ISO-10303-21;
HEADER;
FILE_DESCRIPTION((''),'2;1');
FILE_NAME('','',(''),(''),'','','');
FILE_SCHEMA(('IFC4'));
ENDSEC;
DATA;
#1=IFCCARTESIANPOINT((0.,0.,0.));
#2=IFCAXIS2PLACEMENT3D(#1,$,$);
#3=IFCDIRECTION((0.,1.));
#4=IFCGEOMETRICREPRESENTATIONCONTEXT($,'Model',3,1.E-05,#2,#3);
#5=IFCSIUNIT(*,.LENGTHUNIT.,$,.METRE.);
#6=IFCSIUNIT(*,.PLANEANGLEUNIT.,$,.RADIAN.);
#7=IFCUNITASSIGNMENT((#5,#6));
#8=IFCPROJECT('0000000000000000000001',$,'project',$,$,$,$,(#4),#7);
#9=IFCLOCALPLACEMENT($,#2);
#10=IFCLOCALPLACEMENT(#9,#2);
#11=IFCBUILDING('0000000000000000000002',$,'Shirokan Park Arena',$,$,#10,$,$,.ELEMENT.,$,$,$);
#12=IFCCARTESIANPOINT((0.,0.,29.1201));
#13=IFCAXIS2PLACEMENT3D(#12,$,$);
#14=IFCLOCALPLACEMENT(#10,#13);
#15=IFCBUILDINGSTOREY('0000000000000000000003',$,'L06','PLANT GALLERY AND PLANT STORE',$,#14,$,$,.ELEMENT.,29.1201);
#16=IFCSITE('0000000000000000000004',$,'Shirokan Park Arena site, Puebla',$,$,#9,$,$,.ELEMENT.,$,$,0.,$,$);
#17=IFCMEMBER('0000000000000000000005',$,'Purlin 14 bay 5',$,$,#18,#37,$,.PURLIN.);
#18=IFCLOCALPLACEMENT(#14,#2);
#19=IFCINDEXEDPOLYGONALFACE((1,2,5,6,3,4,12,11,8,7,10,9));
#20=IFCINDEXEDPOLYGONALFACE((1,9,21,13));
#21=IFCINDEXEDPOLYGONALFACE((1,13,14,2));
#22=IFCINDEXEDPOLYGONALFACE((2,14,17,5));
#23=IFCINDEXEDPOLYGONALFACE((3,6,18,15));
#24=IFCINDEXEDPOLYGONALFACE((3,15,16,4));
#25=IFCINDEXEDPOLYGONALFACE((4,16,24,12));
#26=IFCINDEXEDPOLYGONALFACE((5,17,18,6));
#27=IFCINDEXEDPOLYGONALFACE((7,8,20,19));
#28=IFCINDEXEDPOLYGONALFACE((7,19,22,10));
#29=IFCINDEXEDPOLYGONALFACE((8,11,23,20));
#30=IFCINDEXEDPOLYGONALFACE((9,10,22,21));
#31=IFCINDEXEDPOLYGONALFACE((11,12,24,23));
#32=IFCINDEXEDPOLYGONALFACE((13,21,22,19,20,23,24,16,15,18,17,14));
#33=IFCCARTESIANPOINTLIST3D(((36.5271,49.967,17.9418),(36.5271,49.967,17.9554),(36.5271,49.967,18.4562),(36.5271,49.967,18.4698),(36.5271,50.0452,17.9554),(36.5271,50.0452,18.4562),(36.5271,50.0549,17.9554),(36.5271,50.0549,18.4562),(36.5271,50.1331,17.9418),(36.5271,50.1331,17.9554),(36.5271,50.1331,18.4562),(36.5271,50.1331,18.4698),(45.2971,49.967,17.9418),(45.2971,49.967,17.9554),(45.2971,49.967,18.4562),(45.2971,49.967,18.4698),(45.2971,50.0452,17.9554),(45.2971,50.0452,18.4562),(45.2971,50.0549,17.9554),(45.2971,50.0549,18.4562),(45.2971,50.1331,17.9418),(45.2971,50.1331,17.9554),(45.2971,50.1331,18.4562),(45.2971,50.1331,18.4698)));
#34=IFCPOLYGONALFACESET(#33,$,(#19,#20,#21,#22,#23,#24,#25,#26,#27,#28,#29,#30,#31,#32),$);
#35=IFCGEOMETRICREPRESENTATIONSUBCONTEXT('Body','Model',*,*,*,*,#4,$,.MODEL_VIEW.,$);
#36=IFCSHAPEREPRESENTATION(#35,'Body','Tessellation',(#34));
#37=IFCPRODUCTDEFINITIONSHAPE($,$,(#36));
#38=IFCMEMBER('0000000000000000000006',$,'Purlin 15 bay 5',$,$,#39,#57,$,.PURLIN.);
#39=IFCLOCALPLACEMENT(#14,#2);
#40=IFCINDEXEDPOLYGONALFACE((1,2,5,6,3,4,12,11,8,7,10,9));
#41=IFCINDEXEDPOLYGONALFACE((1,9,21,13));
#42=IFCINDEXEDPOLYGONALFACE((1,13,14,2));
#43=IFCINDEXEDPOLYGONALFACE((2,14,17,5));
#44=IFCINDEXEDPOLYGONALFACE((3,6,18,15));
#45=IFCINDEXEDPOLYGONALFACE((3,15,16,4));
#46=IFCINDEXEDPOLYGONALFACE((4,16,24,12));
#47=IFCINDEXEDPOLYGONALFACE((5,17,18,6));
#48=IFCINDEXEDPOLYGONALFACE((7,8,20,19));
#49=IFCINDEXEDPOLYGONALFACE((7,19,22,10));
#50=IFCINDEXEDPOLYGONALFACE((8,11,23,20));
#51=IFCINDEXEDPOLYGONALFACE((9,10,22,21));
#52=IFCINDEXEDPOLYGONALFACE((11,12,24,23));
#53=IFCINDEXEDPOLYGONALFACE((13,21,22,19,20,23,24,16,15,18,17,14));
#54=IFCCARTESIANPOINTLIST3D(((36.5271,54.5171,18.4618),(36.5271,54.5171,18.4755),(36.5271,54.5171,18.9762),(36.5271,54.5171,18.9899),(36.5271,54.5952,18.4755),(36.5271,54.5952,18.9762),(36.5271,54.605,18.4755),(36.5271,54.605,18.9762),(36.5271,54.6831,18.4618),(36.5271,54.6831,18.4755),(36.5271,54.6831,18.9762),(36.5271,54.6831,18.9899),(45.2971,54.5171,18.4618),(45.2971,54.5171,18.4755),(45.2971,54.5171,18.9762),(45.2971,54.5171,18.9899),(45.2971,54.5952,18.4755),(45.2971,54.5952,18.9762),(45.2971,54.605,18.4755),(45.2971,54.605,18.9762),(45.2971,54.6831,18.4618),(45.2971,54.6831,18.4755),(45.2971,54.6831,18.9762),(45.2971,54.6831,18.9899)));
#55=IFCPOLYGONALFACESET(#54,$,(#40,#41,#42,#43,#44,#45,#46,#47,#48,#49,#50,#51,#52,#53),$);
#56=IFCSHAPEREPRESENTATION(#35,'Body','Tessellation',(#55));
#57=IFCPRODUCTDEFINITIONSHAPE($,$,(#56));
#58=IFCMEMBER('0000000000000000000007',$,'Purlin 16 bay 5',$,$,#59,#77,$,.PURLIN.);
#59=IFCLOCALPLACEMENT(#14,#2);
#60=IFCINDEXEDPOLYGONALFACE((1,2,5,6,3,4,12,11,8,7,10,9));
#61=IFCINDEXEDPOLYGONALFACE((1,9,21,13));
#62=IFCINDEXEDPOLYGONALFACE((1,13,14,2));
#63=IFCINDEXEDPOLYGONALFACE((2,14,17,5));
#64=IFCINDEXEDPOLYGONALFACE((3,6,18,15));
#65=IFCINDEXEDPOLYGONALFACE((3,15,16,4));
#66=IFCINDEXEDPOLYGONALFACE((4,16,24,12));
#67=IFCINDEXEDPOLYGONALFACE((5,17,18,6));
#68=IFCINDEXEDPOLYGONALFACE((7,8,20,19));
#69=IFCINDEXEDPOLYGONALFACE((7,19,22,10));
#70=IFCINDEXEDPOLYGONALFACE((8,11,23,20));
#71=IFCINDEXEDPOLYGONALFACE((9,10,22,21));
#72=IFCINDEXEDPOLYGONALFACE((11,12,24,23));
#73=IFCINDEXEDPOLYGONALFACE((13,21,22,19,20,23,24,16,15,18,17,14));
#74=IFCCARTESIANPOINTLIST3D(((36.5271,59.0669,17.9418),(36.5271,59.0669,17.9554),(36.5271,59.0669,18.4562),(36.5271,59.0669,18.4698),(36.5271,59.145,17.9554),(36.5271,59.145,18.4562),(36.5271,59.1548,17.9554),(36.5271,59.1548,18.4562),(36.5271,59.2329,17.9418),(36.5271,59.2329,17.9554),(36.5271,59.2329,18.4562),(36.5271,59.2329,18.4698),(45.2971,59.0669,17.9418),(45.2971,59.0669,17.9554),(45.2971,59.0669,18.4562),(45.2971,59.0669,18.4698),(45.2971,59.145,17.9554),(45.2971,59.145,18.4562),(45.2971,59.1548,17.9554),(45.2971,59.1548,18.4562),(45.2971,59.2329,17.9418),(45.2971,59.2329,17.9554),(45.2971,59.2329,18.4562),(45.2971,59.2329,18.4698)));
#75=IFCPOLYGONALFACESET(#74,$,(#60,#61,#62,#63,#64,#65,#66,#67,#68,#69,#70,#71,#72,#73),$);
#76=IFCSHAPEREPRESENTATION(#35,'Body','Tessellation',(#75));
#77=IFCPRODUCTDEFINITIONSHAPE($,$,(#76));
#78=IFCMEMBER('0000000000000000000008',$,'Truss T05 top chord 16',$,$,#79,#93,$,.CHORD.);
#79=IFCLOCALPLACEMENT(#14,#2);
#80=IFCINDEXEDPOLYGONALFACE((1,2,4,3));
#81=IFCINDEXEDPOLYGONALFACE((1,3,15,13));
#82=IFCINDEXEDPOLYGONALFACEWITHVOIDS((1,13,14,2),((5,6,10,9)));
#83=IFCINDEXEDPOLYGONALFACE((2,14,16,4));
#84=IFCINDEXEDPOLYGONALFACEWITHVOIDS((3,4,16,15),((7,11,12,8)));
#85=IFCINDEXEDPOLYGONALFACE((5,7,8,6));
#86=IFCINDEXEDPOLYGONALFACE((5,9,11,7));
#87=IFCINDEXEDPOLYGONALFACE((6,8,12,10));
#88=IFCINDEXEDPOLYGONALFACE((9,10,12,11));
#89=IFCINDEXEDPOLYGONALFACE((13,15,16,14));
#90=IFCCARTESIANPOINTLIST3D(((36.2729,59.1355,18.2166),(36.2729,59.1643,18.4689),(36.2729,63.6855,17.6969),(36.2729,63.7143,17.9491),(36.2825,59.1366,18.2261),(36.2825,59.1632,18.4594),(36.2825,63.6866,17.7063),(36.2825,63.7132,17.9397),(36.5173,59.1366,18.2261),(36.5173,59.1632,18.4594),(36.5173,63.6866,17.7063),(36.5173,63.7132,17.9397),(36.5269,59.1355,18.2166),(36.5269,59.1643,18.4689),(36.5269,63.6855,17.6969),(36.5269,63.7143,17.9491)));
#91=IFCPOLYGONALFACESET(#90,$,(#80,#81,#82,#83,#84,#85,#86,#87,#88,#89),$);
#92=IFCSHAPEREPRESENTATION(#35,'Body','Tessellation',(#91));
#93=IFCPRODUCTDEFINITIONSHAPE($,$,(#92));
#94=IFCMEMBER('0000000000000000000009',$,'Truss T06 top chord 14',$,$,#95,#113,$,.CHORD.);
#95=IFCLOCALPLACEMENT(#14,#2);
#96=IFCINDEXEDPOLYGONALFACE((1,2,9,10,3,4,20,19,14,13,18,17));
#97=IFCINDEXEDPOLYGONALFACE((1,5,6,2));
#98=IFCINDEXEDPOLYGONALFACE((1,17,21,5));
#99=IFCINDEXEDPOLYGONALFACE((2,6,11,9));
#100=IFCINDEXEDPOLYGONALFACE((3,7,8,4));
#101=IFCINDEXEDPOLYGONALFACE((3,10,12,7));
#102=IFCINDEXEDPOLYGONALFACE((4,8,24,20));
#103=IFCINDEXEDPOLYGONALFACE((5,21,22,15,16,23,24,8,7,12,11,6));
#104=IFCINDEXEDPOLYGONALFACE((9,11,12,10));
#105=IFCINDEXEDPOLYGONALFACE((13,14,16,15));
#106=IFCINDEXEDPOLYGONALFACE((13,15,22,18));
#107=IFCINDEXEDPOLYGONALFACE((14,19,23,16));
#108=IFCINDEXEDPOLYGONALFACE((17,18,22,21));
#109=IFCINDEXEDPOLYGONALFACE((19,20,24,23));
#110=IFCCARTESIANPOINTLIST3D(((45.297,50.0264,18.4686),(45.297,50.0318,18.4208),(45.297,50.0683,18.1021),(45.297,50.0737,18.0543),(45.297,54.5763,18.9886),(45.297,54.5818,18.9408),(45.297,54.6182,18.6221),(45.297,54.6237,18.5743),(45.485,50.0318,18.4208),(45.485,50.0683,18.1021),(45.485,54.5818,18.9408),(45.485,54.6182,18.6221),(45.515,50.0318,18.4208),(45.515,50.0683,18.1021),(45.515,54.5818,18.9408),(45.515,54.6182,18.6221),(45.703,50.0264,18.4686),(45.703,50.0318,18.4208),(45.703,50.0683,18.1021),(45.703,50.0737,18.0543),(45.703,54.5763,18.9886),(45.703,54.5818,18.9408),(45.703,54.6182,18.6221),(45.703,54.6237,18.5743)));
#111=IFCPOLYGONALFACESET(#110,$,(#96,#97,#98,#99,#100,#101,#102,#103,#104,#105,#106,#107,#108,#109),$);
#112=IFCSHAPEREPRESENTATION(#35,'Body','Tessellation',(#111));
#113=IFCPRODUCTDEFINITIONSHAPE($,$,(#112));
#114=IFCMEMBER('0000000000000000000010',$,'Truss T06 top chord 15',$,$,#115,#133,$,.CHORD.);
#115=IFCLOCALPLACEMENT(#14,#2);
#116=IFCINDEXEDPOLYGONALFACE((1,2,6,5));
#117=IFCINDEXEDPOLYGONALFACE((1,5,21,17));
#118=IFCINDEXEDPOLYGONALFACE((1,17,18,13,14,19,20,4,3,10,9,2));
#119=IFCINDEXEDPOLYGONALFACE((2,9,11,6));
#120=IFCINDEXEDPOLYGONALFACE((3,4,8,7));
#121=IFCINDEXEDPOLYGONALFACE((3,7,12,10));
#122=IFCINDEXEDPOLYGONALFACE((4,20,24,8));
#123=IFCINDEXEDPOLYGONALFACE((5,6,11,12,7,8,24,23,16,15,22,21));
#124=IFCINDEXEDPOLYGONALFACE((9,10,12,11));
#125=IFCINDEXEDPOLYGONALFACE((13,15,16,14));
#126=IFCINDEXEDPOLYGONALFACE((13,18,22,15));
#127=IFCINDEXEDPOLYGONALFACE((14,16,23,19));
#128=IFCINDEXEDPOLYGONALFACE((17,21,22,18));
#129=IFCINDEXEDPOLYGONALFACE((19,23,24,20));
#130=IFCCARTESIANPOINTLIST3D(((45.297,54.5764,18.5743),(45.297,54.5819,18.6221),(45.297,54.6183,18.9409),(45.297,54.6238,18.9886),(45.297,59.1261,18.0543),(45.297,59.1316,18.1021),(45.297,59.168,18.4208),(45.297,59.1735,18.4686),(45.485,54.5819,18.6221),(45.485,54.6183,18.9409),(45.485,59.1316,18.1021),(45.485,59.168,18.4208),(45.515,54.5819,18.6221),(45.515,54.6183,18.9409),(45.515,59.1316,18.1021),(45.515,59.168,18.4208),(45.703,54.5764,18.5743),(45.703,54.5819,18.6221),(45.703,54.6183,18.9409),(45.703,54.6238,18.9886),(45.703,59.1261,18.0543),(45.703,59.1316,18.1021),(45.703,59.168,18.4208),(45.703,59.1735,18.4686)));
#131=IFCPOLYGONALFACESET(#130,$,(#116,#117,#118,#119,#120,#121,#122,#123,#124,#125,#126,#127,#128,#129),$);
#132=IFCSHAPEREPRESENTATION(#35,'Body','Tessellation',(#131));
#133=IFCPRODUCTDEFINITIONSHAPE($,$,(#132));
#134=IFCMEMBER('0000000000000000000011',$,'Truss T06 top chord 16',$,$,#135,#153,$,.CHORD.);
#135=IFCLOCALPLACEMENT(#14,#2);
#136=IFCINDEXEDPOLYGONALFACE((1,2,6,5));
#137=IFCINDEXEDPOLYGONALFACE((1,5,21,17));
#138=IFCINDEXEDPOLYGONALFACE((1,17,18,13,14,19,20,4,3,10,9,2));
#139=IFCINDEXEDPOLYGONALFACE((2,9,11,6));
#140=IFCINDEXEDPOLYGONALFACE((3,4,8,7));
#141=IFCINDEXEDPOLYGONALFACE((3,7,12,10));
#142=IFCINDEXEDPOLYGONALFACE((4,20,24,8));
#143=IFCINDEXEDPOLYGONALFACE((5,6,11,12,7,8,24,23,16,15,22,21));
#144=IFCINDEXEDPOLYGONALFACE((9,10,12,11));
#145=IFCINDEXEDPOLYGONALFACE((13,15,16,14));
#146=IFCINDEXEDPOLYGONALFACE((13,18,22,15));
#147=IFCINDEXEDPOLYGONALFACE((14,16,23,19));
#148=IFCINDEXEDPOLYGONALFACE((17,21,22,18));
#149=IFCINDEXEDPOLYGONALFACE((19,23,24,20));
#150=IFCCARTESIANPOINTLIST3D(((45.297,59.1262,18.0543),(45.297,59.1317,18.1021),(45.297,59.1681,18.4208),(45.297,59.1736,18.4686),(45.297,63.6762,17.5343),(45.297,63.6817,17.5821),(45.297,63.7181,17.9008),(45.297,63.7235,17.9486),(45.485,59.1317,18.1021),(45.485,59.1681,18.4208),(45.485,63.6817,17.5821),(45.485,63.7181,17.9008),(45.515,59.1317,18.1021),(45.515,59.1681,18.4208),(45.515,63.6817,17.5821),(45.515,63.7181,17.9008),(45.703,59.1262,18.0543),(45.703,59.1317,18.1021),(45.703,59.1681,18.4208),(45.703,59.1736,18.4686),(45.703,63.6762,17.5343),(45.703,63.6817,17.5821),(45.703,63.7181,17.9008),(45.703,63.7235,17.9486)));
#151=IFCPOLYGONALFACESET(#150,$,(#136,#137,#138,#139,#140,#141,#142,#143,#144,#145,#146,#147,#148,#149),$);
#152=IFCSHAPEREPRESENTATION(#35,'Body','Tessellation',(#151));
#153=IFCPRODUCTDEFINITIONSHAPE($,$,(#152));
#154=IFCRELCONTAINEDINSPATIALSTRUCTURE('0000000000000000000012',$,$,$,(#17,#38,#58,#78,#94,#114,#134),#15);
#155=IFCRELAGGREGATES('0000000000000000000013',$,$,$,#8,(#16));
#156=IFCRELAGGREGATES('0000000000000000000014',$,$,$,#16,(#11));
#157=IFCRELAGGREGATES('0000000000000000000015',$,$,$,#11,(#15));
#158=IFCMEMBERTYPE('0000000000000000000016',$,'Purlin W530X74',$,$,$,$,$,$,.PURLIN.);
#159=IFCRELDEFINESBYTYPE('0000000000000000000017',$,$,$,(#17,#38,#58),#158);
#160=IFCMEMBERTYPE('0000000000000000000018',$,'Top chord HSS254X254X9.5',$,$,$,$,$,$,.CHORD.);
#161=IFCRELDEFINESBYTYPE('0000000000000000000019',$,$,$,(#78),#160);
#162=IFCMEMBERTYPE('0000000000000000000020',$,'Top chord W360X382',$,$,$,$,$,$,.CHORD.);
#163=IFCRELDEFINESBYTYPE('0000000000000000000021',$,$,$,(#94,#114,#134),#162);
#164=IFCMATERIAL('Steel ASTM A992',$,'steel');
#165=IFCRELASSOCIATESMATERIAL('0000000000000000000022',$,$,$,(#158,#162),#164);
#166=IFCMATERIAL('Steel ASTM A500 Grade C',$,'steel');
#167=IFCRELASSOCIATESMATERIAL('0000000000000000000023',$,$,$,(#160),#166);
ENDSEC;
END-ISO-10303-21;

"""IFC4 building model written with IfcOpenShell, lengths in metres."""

from ifc_helpers import new_model, si_unit, direction, frame, origin, origin_2d, place, context, subcontext, project, spatial, hollow_rectangle, i_section, extrude, material, material_profile, profile_set, type_object, element, save


model = new_model("IFC4")

# Units and contexts
model_context = context("Model", 3, precision=1e-05, world=origin(), true_north=direction((0.0, 1.0)))
body_context = subcontext(model_context, "Body", "Model", "MODEL_VIEW")
ifc_project = project(units=[si_unit("LENGTHUNIT", "METRE"), si_unit("PLANEANGLEUNIT", "RADIAN")], contexts=[model_context])

# Site, building, storey
site_placement = place(None, origin())
site = spatial("IfcSite", under=ifc_project, at=site_placement, Name="Shirokan Park Arena site, Puebla", CompositionType="ELEMENT", RefElevation=0.0)
building_placement = place(site_placement, origin())
building = spatial("IfcBuilding", under=site, at=building_placement, Name="Shirokan Park Arena", CompositionType="ELEMENT")
storey_placement = place(building_placement, frame((0.0, 0.0, 29.1201)))
storey = spatial("IfcBuildingStorey", under=building, at=storey_placement, Name="L06", Description="PLANT GALLERY AND PLANT STORE", CompositionType="ELEMENT", Elevation=29.1201)

# Members
ifc_material_1 = material(Name="Steel ASTM A992", Category="steel")
ifc_material_profile_1 = material_profile(ifc_material_1, i_section(OverallWidth=0.166, OverallDepth=0.5281, WebThickness=0.0098, FlangeThickness=0.0137, at=origin_2d()), Name="W530X74")
ifc_profile_set_1 = profile_set([ifc_material_profile_1], Name="Steel ASTM A992")
member_type_1 = type_object("IfcMemberType", Name="Purlin W530X74", PredefinedType="PURLIN", material=ifc_profile_set_1)
for number, where, z_axis, x_axis, name in (
    (1, (36.5271, 50.05, 18.2058), (1.0, 0.0, 0.0), (0.0, 1.0, 0.0), "Purlin 14 bay 5"),
    (2, (36.5271, 54.6001, 18.7258), (1.0, 0.0, 0.0), (0.0, 1.0, 0.0), "Purlin 15 bay 5"),
    (3, (36.5271, 59.1499, 18.2058), (1.0, 0.0, 0.0), (0.0, 1.0, 0.0), "Purlin 16 bay 5"),
):
    element("IfcMember", number, at=place(storey_placement, frame(where, z_axis=z_axis, x_axis=x_axis)), inside=storey, type_object=member_type_1, Name=name, PredefinedType="PURLIN", context=body_context, shape_type="SweptSolid", body=[
        extrude(i_section(OverallWidth=0.166, OverallDepth=0.5281, WebThickness=0.0098, FlangeThickness=0.0137, at=origin_2d()), origin(), (0.0, 0.0, 1.0), 8.77),
    ])
ifc_material_2 = material(Name="Steel ASTM A500 Grade C", Category="steel")
ifc_material_profile_2 = material_profile(ifc_material_2, hollow_rectangle(XDim=0.2539, YDim=0.2539, WallThickness=0.0095, at=origin_2d()), Name="HSS254X254X9.5")
ifc_profile_set_2 = profile_set([ifc_material_profile_2], Name="Steel ASTM A500 Grade C")
member_type_2 = type_object("IfcMemberType", Name="Top chord HSS254X254X9.5", PredefinedType="CHORD", material=ifc_profile_set_2)
member_1_placement = place(storey_placement, frame((36.3999, 59.1499, 18.3428), z_axis=(0.0, 0.993538, -0.113497), x_axis=(-1.0, 0.0, 0.0)))
element("IfcMember", 4, at=member_1_placement, inside=storey, type_object=member_type_2, Name="Truss T05 top chord 16", PredefinedType="CHORD", context=body_context, shape_type="SweptSolid", body=[
    extrude(hollow_rectangle(XDim=0.2539, YDim=0.2539, WallThickness=0.0095, at=origin_2d()), origin(), (0.0, 0.0, 1.0), 4.5796),
])
ifc_material_profile_3 = material_profile(ifc_material_1, i_section(OverallWidth=0.406, OverallDepth=0.417, WebThickness=0.03, FlangeThickness=0.0481, at=origin_2d()), Name="W360X382")
ifc_profile_set_3 = profile_set([ifc_material_profile_3], Name="Steel ASTM A992")
member_type_3 = type_object("IfcMemberType", Name="Top chord W360X382", PredefinedType="CHORD", material=ifc_profile_set_3)
member_2_placement = place(storey_placement, frame((45.5, 50.05, 18.2615), z_axis=(0.0, 0.993532, 0.11355), x_axis=(-1.0, 0.0, 0.0)))
element("IfcMember", 5, at=member_2_placement, inside=storey, type_object=member_type_3, Name="Truss T06 top chord 14", PredefinedType="CHORD", context=body_context, shape_type="SweptSolid", body=[
    extrude(i_section(OverallWidth=0.406, OverallDepth=0.417, WebThickness=0.03, FlangeThickness=0.0481, at=origin_2d()), origin(), (0.0, 0.0, 1.0), 4.5796),
])
member_3_placement = place(storey_placement, frame((45.5, 54.6001, 18.7815), z_axis=(0.0, 0.993532, -0.113556), x_axis=(-1.0, 0.0, 0.0)))
element("IfcMember", 6, at=member_3_placement, inside=storey, type_object=member_type_3, Name="Truss T06 top chord 15", PredefinedType="CHORD", context=body_context, shape_type="SweptSolid", body=[
    extrude(i_section(OverallWidth=0.406, OverallDepth=0.417, WebThickness=0.03, FlangeThickness=0.0481, at=origin_2d()), origin(), (0.0, 0.0, 1.0), 4.5793),
])
member_4_placement = place(storey_placement, frame((45.5, 59.1499, 18.2615), z_axis=(0.0, 0.993532, -0.11355), x_axis=(-1.0, 0.0, 0.0)))
element("IfcMember", 7, at=member_4_placement, inside=storey, type_object=member_type_3, Name="Truss T06 top chord 16", PredefinedType="CHORD", context=body_context, shape_type="SweptSolid", body=[
    extrude(i_section(OverallWidth=0.406, OverallDepth=0.417, WebThickness=0.03, FlangeThickness=0.0481, at=origin_2d()), origin(), (0.0, 0.0, 1.0), 4.5796),
])

save(model, "model.ifc")
